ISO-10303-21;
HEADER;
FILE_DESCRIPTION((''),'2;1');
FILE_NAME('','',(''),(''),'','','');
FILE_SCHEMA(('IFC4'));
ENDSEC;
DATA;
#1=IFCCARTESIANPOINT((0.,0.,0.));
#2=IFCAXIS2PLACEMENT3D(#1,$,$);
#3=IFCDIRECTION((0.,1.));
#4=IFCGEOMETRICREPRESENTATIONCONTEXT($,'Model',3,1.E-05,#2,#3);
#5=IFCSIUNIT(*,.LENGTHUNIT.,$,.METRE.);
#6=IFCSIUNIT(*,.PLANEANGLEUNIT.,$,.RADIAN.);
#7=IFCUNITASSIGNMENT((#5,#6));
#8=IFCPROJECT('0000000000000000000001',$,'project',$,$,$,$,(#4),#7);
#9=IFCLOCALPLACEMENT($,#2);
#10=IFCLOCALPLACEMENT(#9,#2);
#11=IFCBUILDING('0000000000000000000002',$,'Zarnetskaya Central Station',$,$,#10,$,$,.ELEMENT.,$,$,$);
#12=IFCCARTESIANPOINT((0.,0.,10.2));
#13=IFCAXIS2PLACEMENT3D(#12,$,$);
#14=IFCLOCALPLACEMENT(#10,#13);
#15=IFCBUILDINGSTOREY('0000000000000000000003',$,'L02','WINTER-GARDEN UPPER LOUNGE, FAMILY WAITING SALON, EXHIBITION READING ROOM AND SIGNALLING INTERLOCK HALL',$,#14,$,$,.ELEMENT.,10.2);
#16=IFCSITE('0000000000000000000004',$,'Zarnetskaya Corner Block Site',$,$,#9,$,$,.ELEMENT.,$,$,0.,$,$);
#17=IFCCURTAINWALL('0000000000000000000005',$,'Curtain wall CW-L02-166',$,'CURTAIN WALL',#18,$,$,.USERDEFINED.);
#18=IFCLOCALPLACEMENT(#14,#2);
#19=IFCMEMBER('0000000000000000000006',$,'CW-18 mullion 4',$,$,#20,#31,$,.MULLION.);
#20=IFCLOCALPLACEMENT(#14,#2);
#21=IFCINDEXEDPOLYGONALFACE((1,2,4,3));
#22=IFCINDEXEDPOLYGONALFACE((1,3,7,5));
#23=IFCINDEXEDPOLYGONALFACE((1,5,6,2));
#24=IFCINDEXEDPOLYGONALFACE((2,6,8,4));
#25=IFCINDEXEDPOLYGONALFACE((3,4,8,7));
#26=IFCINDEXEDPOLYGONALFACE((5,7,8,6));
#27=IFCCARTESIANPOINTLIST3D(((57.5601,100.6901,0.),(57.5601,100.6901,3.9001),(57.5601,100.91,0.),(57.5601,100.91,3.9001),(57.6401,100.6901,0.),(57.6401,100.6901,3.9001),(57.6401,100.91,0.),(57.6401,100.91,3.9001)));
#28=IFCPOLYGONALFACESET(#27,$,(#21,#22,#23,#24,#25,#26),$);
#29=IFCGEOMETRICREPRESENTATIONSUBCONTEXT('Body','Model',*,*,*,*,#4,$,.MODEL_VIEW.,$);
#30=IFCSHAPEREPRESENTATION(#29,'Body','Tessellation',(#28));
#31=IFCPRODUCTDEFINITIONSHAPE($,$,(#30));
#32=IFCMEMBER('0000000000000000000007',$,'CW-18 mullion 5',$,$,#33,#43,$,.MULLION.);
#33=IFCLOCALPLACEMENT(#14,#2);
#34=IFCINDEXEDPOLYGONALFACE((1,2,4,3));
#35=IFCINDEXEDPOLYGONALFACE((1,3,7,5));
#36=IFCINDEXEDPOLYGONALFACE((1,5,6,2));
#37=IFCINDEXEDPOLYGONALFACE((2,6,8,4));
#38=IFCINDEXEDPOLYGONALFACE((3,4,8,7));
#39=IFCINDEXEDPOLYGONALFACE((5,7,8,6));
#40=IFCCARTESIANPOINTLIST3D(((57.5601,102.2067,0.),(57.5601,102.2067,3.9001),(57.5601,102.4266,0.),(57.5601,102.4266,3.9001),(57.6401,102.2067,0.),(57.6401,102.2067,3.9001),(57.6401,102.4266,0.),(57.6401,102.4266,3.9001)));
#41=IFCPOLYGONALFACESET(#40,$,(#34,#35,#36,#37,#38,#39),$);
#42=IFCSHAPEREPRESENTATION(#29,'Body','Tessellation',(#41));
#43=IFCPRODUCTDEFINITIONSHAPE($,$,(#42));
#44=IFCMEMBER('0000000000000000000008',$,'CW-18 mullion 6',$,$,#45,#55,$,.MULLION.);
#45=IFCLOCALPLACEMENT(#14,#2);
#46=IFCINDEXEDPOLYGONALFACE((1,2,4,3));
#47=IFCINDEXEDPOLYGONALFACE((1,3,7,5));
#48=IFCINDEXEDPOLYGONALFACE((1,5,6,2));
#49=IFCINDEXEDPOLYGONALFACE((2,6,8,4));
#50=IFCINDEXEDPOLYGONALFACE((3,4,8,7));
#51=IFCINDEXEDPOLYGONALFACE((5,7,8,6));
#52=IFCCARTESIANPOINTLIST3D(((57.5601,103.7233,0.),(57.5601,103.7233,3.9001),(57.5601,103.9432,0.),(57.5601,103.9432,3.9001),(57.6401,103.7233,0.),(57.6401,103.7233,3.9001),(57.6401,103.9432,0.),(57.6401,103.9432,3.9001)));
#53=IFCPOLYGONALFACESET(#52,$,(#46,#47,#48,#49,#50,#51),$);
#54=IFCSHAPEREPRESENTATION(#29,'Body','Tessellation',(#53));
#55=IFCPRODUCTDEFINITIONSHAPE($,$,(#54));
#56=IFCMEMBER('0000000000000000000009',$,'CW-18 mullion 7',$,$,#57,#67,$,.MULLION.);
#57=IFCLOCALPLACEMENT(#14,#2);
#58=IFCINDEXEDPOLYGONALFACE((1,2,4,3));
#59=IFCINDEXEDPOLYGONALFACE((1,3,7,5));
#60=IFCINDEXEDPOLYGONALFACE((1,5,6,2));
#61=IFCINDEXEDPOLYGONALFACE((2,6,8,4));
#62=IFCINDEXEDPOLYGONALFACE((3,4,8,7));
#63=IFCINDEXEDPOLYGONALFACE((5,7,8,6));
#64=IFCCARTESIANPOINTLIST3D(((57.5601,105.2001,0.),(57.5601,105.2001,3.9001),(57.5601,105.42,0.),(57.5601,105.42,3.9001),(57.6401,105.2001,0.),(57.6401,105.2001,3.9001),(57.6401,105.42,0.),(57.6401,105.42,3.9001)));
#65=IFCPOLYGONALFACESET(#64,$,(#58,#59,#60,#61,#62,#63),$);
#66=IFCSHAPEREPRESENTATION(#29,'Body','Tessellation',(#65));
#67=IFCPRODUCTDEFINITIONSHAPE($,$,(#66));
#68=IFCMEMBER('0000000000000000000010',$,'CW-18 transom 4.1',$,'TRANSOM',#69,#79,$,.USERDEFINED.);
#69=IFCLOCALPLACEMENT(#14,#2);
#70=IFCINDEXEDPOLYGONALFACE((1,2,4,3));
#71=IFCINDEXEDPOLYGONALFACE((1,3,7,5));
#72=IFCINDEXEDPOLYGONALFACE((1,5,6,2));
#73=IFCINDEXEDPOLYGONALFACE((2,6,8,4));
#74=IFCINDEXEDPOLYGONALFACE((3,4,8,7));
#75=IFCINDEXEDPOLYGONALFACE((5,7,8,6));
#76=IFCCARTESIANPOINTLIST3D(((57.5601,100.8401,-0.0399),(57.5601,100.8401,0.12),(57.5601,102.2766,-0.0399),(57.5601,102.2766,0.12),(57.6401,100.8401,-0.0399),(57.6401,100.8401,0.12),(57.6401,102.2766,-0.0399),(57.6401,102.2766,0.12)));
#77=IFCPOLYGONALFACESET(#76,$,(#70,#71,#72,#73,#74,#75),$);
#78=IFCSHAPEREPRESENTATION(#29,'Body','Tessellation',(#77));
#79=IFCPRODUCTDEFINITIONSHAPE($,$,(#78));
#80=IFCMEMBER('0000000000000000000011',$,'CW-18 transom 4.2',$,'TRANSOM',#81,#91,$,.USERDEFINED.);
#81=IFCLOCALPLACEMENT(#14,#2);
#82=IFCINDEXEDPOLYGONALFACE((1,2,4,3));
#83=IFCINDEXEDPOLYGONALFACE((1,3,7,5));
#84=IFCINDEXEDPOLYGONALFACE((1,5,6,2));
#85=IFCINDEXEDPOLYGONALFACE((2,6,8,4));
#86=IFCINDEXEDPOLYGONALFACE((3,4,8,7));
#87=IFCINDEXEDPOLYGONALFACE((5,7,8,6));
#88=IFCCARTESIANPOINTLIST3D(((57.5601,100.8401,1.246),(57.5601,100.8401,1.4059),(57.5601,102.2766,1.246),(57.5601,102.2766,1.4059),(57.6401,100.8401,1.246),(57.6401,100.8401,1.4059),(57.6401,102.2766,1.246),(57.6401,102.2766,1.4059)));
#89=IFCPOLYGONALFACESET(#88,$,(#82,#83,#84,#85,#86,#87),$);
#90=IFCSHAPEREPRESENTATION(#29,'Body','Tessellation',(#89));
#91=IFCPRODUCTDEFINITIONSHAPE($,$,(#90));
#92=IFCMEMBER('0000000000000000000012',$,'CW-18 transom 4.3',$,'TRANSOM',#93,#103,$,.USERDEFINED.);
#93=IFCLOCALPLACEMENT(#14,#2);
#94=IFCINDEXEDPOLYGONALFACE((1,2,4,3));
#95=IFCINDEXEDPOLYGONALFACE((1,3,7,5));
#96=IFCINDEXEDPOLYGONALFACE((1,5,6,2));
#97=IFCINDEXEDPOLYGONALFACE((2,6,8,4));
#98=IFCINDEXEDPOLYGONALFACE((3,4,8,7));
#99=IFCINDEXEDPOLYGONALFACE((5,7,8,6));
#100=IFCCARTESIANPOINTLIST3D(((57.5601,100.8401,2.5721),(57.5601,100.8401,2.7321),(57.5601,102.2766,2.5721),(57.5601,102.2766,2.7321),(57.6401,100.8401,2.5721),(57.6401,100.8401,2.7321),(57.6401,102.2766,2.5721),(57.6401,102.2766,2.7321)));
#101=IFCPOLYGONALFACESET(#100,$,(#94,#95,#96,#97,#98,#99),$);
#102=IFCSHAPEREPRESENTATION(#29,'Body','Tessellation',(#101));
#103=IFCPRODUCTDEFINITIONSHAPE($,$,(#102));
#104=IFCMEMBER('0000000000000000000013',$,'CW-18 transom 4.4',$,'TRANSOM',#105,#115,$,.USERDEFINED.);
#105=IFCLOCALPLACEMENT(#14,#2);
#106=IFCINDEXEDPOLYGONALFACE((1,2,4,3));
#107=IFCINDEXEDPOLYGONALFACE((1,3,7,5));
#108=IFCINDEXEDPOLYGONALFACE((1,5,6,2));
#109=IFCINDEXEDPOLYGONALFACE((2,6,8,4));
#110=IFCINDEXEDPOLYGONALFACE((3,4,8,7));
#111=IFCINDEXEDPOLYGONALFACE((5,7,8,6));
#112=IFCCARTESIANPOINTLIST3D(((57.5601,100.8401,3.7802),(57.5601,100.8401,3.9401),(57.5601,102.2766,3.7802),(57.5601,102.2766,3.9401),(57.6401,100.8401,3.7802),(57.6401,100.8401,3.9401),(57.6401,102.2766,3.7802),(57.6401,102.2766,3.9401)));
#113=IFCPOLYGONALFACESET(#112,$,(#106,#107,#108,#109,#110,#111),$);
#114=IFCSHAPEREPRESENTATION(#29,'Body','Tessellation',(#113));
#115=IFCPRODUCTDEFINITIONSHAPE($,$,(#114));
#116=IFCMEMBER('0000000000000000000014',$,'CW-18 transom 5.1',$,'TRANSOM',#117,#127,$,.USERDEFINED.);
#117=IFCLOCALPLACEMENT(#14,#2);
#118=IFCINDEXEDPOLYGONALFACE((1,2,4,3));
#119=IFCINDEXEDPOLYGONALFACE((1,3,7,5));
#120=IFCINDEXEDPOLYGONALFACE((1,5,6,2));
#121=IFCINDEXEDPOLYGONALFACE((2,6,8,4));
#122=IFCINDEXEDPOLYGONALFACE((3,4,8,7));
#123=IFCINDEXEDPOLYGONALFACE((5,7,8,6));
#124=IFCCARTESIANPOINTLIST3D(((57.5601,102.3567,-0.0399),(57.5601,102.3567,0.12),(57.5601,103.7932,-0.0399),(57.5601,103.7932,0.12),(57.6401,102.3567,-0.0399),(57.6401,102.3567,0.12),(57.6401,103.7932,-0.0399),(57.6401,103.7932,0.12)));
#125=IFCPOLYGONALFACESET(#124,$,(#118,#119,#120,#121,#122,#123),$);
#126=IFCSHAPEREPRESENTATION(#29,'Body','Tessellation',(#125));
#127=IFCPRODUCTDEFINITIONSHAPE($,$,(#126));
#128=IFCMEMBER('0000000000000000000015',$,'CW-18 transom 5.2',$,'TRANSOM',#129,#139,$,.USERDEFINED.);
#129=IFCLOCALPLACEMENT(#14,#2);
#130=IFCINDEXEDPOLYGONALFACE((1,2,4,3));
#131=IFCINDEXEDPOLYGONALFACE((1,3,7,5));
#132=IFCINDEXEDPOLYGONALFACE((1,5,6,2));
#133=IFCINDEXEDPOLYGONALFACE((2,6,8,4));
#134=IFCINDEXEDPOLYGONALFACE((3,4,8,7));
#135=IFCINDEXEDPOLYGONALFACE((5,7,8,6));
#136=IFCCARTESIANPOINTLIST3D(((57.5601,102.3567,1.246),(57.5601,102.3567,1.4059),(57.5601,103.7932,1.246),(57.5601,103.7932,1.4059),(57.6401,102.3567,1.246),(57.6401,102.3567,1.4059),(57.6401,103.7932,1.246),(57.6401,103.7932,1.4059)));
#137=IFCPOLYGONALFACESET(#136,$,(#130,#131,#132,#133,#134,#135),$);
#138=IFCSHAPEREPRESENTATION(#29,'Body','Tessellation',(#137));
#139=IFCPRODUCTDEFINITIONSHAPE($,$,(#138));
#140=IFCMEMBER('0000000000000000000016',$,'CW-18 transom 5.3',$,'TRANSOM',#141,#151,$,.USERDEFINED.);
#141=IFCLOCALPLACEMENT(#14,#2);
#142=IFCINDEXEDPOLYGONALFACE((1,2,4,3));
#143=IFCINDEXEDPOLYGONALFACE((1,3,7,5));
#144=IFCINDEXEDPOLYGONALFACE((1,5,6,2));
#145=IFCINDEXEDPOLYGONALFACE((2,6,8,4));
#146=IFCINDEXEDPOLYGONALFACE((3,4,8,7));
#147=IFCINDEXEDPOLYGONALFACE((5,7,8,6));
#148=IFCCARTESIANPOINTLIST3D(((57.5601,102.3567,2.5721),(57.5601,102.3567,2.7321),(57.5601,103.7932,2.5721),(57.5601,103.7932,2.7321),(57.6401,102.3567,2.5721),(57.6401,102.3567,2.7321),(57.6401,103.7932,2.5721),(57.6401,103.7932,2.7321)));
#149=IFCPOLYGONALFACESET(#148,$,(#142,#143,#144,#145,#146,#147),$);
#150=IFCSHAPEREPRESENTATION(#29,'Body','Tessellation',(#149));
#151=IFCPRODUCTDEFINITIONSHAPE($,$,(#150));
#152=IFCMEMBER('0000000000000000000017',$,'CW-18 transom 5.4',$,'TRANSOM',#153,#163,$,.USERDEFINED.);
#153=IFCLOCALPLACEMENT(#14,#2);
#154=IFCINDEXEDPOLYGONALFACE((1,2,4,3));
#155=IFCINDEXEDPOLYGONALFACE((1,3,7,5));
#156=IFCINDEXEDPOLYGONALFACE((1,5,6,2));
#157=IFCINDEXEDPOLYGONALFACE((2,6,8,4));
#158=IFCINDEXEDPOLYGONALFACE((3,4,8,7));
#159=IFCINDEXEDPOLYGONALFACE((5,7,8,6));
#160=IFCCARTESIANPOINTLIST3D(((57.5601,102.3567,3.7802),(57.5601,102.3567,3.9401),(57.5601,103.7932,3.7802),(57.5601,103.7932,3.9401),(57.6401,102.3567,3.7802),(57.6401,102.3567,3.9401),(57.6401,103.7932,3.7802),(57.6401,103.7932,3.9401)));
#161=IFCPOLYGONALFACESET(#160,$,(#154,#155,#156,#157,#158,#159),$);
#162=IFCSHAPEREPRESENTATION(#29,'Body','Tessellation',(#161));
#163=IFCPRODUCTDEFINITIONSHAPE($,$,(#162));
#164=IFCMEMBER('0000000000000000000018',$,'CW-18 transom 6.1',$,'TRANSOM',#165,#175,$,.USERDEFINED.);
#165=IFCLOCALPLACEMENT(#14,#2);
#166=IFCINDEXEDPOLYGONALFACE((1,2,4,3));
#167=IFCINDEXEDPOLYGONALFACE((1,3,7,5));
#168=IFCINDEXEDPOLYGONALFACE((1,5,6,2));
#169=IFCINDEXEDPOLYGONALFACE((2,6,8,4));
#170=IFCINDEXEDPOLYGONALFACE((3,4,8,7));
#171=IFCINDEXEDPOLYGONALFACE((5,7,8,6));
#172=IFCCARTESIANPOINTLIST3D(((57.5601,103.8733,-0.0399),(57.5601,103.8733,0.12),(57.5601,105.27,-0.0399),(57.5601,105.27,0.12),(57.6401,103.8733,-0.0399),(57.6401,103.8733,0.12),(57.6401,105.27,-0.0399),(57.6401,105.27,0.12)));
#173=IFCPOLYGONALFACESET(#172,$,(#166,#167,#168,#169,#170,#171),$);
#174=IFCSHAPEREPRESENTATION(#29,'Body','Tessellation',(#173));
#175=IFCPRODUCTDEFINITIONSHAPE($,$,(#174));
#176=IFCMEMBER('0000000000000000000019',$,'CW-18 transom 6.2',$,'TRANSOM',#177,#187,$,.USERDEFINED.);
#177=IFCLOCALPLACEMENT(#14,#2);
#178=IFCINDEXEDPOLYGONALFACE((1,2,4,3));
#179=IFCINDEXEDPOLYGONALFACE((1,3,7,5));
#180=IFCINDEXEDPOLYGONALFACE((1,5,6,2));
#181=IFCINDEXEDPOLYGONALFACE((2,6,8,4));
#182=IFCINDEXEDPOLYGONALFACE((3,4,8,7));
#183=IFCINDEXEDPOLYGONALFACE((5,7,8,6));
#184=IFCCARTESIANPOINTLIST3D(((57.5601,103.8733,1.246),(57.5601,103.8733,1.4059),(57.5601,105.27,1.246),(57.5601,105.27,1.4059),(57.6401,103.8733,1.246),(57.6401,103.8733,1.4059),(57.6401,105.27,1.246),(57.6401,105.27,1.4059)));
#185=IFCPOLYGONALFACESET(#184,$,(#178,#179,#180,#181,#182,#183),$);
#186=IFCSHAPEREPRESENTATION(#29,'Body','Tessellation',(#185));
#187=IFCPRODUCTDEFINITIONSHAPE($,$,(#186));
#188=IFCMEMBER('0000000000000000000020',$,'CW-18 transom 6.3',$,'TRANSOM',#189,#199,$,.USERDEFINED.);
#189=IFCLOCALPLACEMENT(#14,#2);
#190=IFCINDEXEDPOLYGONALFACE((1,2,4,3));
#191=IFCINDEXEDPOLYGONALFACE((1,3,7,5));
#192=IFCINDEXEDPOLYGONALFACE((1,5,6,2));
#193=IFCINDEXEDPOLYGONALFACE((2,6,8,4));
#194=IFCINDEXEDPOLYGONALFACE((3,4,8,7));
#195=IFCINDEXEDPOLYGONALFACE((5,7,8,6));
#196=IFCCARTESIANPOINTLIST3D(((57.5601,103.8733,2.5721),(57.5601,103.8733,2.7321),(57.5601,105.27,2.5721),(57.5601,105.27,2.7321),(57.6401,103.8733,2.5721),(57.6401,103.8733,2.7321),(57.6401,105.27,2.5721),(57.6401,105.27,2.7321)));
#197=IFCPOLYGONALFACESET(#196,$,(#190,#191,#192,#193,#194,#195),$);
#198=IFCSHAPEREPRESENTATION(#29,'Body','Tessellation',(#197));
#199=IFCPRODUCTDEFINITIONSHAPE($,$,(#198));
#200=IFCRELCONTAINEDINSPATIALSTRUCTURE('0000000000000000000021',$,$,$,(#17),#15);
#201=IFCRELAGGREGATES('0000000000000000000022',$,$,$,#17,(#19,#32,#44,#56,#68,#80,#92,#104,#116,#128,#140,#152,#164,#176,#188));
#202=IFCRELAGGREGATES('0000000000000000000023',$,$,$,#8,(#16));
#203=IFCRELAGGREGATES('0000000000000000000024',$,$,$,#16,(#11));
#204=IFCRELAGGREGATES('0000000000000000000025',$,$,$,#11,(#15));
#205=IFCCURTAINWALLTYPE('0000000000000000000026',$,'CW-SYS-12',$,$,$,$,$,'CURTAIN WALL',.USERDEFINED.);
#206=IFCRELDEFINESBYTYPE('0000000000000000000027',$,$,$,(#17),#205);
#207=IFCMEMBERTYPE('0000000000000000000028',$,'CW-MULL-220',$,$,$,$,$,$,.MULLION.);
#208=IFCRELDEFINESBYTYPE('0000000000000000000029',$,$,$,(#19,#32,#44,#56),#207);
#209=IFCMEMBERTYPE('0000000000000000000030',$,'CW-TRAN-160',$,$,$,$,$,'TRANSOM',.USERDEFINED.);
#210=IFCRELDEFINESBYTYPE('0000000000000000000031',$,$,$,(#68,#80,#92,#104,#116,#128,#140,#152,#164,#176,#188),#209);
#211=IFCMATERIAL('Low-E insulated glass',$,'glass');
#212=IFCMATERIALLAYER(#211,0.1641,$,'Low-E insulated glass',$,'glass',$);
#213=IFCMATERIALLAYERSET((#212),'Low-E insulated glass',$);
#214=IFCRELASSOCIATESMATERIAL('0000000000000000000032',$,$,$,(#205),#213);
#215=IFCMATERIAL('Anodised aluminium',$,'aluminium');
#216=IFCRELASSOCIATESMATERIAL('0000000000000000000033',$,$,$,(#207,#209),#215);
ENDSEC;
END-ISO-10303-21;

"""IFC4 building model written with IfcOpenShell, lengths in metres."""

from ifc_helpers import new_model, si_unit, direction, frame, origin, origin_2d, place, context, subcontext, project, spatial, rectangle, extrude, material, layer, layer_set, material_profile, profile_set, type_object, element, aggregate, save


model = new_model("IFC4")

# Units and contexts
model_context = context("Model", 3, precision=1e-05, world=origin(), true_north=direction((0.0, 1.0)))
body_context = subcontext(model_context, "Body", "Model", "MODEL_VIEW")
ifc_project = project(units=[si_unit("LENGTHUNIT", "METRE"), si_unit("PLANEANGLEUNIT", "RADIAN")], contexts=[model_context])

# Site, building, storey
site_placement = place(None, origin())
site = spatial("IfcSite", under=ifc_project, at=site_placement, Name="Zarnetskaya Corner Block Site", CompositionType="ELEMENT", RefElevation=0.0)
building_placement = place(site_placement, origin())
building = spatial("IfcBuilding", under=site, at=building_placement, Name="Zarnetskaya Central Station", CompositionType="ELEMENT")
storey_placement = place(building_placement, frame((0.0, 0.0, 10.2)))
storey = spatial("IfcBuildingStorey", under=building, at=storey_placement, Name="L02", Description="WINTER-GARDEN UPPER LOUNGE, FAMILY WAITING SALON, EXHIBITION READING ROOM AND SIGNALLING INTERLOCK HALL", CompositionType="ELEMENT", Elevation=10.2)

# Curtain wall, members
ifc_material_1 = material(Name="Low-E insulated glass", Category="glass")
ifc_layer_1 = layer(ifc_material_1, 0.1641, Name="Low-E insulated glass", Category="glass")
ifc_layer_set_1 = layer_set([ifc_layer_1], Name="Low-E insulated glass")
curtain_wall_type = type_object("IfcCurtainWallType", Name="CW-SYS-12", ElementType="CURTAIN WALL", PredefinedType="USERDEFINED", material=ifc_layer_set_1)
curtain_wall_placement = place(storey_placement, origin())
curtain_wall = element("IfcCurtainWall", 1, at=curtain_wall_placement, inside=storey, type_object=curtain_wall_type, Name="Curtain wall CW-L02-166", ObjectType="CURTAIN WALL", PredefinedType="USERDEFINED")
ifc_material_2 = material(Name="Anodised aluminium", Category="aluminium")
ifc_material_profile_1 = material_profile(ifc_material_2, rectangle(XDim=0.0801, YDim=0.22, at=origin_2d()), Name="ALU MULL 80x220")
ifc_profile_set_1 = profile_set([ifc_material_profile_1], Name="Anodised aluminium")
member_type_1 = type_object("IfcMemberType", Name="CW-MULL-220", PredefinedType="MULLION", material=ifc_profile_set_1)
member_1_placement = place(storey_placement, frame((57.6001, 100.8, 0.0), z_axis=(0.0, 0.0, 1.0), x_axis=(-1.0, 0.0, 0.0)))
member_1 = element("IfcMember", 2, at=member_1_placement, type_object=member_type_1, Name="CW-18 mullion 4", PredefinedType="MULLION", context=body_context, shape_type="SweptSolid", body=[
    extrude(rectangle(XDim=0.0801, YDim=0.22, at=origin_2d()), origin(), (0.0, 0.0, 1.0), 3.9001),
])
member_2_placement = place(storey_placement, frame((57.6001, 102.3167, 0.0), z_axis=(0.0, 0.0, 1.0), x_axis=(-1.0, 0.0, 0.0)))
member_2 = element("IfcMember", 3, at=member_2_placement, type_object=member_type_1, Name="CW-18 mullion 5", PredefinedType="MULLION", context=body_context, shape_type="SweptSolid", body=[
    extrude(rectangle(XDim=0.0801, YDim=0.22, at=origin_2d()), origin(), (0.0, 0.0, 1.0), 3.9001),
])
member_3_placement = place(storey_placement, frame((57.6001, 103.8333, 0.0), z_axis=(0.0, 0.0, 1.0), x_axis=(-1.0, 0.0, 0.0)))
member_3 = element("IfcMember", 4, at=member_3_placement, type_object=member_type_1, Name="CW-18 mullion 6", PredefinedType="MULLION", context=body_context, shape_type="SweptSolid", body=[
    extrude(rectangle(XDim=0.0801, YDim=0.22, at=origin_2d()), origin(), (0.0, 0.0, 1.0), 3.9001),
])
member_4_placement = place(storey_placement, frame((57.6001, 105.3101, 0.0), z_axis=(0.0, 0.0, 1.0), x_axis=(-1.0, 0.0, 0.0)))
member_4 = element("IfcMember", 5, at=member_4_placement, type_object=member_type_1, Name="CW-18 mullion 7", PredefinedType="MULLION", context=body_context, shape_type="SweptSolid", body=[
    extrude(rectangle(XDim=0.0801, YDim=0.22, at=origin_2d()), origin(), (0.0, 0.0, 1.0), 3.9001),
])
ifc_material_profile_2 = material_profile(ifc_material_2, rectangle(XDim=0.0801, YDim=0.1599, at=origin_2d()), Name="ALU TRAN 80x160")
ifc_profile_set_2 = profile_set([ifc_material_profile_2], Name="Anodised aluminium")
member_type_2 = type_object("IfcMemberType", Name="CW-TRAN-160", ElementType="TRANSOM", PredefinedType="USERDEFINED", material=ifc_profile_set_2)
member_5_placement = place(storey_placement, frame((57.6001, 100.8401, 0.04), z_axis=(0.0, 1.0, 0.0), x_axis=(-1.0, 0.0, 0.0)))
member_5 = element("IfcMember", 6, at=member_5_placement, type_object=member_type_2, Name="CW-18 transom 4.1", ObjectType="TRANSOM", PredefinedType="USERDEFINED", context=body_context, shape_type="SweptSolid", body=[
    extrude(rectangle(XDim=0.0801, YDim=0.1599, at=origin_2d()), origin(), (0.0, 0.0, 1.0), 1.4365),
])
member_6_placement = place(storey_placement, frame((57.6001, 100.8401, 1.3259), z_axis=(0.0, 1.0, 0.0), x_axis=(-1.0, 0.0, 0.0)))
member_6 = element("IfcMember", 7, at=member_6_placement, type_object=member_type_2, Name="CW-18 transom 4.2", ObjectType="TRANSOM", PredefinedType="USERDEFINED", context=body_context, shape_type="SweptSolid", body=[
    extrude(rectangle(XDim=0.0801, YDim=0.1599, at=origin_2d()), origin(), (0.0, 0.0, 1.0), 1.4365),
])
member_7_placement = place(storey_placement, frame((57.6001, 100.8401, 2.6521), z_axis=(0.0, 1.0, 0.0), x_axis=(-1.0, 0.0, 0.0)))
member_7 = element("IfcMember", 8, at=member_7_placement, type_object=member_type_2, Name="CW-18 transom 4.3", ObjectType="TRANSOM", PredefinedType="USERDEFINED", context=body_context, shape_type="SweptSolid", body=[
    extrude(rectangle(XDim=0.0801, YDim=0.1599, at=origin_2d()), origin(), (0.0, 0.0, 1.0), 1.4365),
])
member_8_placement = place(storey_placement, frame((57.6001, 100.8401, 3.8601), z_axis=(0.0, 1.0, 0.0), x_axis=(-1.0, 0.0, 0.0)))
member_8 = element("IfcMember", 9, at=member_8_placement, type_object=member_type_2, Name="CW-18 transom 4.4", ObjectType="TRANSOM", PredefinedType="USERDEFINED", context=body_context, shape_type="SweptSolid", body=[
    extrude(rectangle(XDim=0.0801, YDim=0.1599, at=origin_2d()), origin(), (0.0, 0.0, 1.0), 1.4365),
])
member_9_placement = place(storey_placement, frame((57.6001, 102.3567, 0.04), z_axis=(0.0, 1.0, 0.0), x_axis=(-1.0, 0.0, 0.0)))
member_9 = element("IfcMember", 10, at=member_9_placement, type_object=member_type_2, Name="CW-18 transom 5.1", ObjectType="TRANSOM", PredefinedType="USERDEFINED", context=body_context, shape_type="SweptSolid", body=[
    extrude(rectangle(XDim=0.0801, YDim=0.1599, at=origin_2d()), origin(), (0.0, 0.0, 1.0), 1.4365),
])
member_10_placement = place(storey_placement, frame((57.6001, 102.3567, 1.3259), z_axis=(0.0, 1.0, 0.0), x_axis=(-1.0, 0.0, 0.0)))
member_10 = element("IfcMember", 11, at=member_10_placement, type_object=member_type_2, Name="CW-18 transom 5.2", ObjectType="TRANSOM", PredefinedType="USERDEFINED", context=body_context, shape_type="SweptSolid", body=[
    extrude(rectangle(XDim=0.0801, YDim=0.1599, at=origin_2d()), origin(), (0.0, 0.0, 1.0), 1.4365),
])
member_11_placement = place(storey_placement, frame((57.6001, 102.3567, 2.6521), z_axis=(0.0, 1.0, 0.0), x_axis=(-1.0, 0.0, 0.0)))
member_11 = element("IfcMember", 12, at=member_11_placement, type_object=member_type_2, Name="CW-18 transom 5.3", ObjectType="TRANSOM", PredefinedType="USERDEFINED", context=body_context, shape_type="SweptSolid", body=[
    extrude(rectangle(XDim=0.0801, YDim=0.1599, at=origin_2d()), origin(), (0.0, 0.0, 1.0), 1.4365),
])
member_12_placement = place(storey_placement, frame((57.6001, 102.3567, 3.8601), z_axis=(0.0, 1.0, 0.0), x_axis=(-1.0, 0.0, 0.0)))
member_12 = element("IfcMember", 13, at=member_12_placement, type_object=member_type_2, Name="CW-18 transom 5.4", ObjectType="TRANSOM", PredefinedType="USERDEFINED", context=body_context, shape_type="SweptSolid", body=[
    extrude(rectangle(XDim=0.0801, YDim=0.1599, at=origin_2d()), origin(), (0.0, 0.0, 1.0), 1.4365),
])
member_13_placement = place(storey_placement, frame((57.6001, 103.8733, 0.04), z_axis=(0.0, 1.0, 0.0), x_axis=(-1.0, 0.0, 0.0)))
member_13 = element("IfcMember", 14, at=member_13_placement, type_object=member_type_2, Name="CW-18 transom 6.1", ObjectType="TRANSOM", PredefinedType="USERDEFINED", context=body_context, shape_type="SweptSolid", body=[
    extrude(rectangle(XDim=0.0801, YDim=0.1599, at=origin_2d()), origin(), (0.0, 0.0, 1.0), 1.3967),
])
member_14_placement = place(storey_placement, frame((57.6001, 103.8733, 1.3259), z_axis=(0.0, 1.0, 0.0), x_axis=(-1.0, 0.0, 0.0)))
member_14 = element("IfcMember", 15, at=member_14_placement, type_object=member_type_2, Name="CW-18 transom 6.2", ObjectType="TRANSOM", PredefinedType="USERDEFINED", context=body_context, shape_type="SweptSolid", body=[
    extrude(rectangle(XDim=0.0801, YDim=0.1599, at=origin_2d()), origin(), (0.0, 0.0, 1.0), 1.3967),
])
member_15_placement = place(storey_placement, frame((57.6001, 103.8733, 2.6521), z_axis=(0.0, 1.0, 0.0), x_axis=(-1.0, 0.0, 0.0)))
member_15 = element("IfcMember", 16, at=member_15_placement, type_object=member_type_2, Name="CW-18 transom 6.3", ObjectType="TRANSOM", PredefinedType="USERDEFINED", context=body_context, shape_type="SweptSolid", body=[
    extrude(rectangle(XDim=0.0801, YDim=0.1599, at=origin_2d()), origin(), (0.0, 0.0, 1.0), 1.3967),
])
aggregate(curtain_wall, [member_1, member_2, member_3, member_4, member_5, member_6, member_7, member_8, member_9, member_10, member_11, member_12, member_13, member_14, member_15])

save(model, "model.ifc")
